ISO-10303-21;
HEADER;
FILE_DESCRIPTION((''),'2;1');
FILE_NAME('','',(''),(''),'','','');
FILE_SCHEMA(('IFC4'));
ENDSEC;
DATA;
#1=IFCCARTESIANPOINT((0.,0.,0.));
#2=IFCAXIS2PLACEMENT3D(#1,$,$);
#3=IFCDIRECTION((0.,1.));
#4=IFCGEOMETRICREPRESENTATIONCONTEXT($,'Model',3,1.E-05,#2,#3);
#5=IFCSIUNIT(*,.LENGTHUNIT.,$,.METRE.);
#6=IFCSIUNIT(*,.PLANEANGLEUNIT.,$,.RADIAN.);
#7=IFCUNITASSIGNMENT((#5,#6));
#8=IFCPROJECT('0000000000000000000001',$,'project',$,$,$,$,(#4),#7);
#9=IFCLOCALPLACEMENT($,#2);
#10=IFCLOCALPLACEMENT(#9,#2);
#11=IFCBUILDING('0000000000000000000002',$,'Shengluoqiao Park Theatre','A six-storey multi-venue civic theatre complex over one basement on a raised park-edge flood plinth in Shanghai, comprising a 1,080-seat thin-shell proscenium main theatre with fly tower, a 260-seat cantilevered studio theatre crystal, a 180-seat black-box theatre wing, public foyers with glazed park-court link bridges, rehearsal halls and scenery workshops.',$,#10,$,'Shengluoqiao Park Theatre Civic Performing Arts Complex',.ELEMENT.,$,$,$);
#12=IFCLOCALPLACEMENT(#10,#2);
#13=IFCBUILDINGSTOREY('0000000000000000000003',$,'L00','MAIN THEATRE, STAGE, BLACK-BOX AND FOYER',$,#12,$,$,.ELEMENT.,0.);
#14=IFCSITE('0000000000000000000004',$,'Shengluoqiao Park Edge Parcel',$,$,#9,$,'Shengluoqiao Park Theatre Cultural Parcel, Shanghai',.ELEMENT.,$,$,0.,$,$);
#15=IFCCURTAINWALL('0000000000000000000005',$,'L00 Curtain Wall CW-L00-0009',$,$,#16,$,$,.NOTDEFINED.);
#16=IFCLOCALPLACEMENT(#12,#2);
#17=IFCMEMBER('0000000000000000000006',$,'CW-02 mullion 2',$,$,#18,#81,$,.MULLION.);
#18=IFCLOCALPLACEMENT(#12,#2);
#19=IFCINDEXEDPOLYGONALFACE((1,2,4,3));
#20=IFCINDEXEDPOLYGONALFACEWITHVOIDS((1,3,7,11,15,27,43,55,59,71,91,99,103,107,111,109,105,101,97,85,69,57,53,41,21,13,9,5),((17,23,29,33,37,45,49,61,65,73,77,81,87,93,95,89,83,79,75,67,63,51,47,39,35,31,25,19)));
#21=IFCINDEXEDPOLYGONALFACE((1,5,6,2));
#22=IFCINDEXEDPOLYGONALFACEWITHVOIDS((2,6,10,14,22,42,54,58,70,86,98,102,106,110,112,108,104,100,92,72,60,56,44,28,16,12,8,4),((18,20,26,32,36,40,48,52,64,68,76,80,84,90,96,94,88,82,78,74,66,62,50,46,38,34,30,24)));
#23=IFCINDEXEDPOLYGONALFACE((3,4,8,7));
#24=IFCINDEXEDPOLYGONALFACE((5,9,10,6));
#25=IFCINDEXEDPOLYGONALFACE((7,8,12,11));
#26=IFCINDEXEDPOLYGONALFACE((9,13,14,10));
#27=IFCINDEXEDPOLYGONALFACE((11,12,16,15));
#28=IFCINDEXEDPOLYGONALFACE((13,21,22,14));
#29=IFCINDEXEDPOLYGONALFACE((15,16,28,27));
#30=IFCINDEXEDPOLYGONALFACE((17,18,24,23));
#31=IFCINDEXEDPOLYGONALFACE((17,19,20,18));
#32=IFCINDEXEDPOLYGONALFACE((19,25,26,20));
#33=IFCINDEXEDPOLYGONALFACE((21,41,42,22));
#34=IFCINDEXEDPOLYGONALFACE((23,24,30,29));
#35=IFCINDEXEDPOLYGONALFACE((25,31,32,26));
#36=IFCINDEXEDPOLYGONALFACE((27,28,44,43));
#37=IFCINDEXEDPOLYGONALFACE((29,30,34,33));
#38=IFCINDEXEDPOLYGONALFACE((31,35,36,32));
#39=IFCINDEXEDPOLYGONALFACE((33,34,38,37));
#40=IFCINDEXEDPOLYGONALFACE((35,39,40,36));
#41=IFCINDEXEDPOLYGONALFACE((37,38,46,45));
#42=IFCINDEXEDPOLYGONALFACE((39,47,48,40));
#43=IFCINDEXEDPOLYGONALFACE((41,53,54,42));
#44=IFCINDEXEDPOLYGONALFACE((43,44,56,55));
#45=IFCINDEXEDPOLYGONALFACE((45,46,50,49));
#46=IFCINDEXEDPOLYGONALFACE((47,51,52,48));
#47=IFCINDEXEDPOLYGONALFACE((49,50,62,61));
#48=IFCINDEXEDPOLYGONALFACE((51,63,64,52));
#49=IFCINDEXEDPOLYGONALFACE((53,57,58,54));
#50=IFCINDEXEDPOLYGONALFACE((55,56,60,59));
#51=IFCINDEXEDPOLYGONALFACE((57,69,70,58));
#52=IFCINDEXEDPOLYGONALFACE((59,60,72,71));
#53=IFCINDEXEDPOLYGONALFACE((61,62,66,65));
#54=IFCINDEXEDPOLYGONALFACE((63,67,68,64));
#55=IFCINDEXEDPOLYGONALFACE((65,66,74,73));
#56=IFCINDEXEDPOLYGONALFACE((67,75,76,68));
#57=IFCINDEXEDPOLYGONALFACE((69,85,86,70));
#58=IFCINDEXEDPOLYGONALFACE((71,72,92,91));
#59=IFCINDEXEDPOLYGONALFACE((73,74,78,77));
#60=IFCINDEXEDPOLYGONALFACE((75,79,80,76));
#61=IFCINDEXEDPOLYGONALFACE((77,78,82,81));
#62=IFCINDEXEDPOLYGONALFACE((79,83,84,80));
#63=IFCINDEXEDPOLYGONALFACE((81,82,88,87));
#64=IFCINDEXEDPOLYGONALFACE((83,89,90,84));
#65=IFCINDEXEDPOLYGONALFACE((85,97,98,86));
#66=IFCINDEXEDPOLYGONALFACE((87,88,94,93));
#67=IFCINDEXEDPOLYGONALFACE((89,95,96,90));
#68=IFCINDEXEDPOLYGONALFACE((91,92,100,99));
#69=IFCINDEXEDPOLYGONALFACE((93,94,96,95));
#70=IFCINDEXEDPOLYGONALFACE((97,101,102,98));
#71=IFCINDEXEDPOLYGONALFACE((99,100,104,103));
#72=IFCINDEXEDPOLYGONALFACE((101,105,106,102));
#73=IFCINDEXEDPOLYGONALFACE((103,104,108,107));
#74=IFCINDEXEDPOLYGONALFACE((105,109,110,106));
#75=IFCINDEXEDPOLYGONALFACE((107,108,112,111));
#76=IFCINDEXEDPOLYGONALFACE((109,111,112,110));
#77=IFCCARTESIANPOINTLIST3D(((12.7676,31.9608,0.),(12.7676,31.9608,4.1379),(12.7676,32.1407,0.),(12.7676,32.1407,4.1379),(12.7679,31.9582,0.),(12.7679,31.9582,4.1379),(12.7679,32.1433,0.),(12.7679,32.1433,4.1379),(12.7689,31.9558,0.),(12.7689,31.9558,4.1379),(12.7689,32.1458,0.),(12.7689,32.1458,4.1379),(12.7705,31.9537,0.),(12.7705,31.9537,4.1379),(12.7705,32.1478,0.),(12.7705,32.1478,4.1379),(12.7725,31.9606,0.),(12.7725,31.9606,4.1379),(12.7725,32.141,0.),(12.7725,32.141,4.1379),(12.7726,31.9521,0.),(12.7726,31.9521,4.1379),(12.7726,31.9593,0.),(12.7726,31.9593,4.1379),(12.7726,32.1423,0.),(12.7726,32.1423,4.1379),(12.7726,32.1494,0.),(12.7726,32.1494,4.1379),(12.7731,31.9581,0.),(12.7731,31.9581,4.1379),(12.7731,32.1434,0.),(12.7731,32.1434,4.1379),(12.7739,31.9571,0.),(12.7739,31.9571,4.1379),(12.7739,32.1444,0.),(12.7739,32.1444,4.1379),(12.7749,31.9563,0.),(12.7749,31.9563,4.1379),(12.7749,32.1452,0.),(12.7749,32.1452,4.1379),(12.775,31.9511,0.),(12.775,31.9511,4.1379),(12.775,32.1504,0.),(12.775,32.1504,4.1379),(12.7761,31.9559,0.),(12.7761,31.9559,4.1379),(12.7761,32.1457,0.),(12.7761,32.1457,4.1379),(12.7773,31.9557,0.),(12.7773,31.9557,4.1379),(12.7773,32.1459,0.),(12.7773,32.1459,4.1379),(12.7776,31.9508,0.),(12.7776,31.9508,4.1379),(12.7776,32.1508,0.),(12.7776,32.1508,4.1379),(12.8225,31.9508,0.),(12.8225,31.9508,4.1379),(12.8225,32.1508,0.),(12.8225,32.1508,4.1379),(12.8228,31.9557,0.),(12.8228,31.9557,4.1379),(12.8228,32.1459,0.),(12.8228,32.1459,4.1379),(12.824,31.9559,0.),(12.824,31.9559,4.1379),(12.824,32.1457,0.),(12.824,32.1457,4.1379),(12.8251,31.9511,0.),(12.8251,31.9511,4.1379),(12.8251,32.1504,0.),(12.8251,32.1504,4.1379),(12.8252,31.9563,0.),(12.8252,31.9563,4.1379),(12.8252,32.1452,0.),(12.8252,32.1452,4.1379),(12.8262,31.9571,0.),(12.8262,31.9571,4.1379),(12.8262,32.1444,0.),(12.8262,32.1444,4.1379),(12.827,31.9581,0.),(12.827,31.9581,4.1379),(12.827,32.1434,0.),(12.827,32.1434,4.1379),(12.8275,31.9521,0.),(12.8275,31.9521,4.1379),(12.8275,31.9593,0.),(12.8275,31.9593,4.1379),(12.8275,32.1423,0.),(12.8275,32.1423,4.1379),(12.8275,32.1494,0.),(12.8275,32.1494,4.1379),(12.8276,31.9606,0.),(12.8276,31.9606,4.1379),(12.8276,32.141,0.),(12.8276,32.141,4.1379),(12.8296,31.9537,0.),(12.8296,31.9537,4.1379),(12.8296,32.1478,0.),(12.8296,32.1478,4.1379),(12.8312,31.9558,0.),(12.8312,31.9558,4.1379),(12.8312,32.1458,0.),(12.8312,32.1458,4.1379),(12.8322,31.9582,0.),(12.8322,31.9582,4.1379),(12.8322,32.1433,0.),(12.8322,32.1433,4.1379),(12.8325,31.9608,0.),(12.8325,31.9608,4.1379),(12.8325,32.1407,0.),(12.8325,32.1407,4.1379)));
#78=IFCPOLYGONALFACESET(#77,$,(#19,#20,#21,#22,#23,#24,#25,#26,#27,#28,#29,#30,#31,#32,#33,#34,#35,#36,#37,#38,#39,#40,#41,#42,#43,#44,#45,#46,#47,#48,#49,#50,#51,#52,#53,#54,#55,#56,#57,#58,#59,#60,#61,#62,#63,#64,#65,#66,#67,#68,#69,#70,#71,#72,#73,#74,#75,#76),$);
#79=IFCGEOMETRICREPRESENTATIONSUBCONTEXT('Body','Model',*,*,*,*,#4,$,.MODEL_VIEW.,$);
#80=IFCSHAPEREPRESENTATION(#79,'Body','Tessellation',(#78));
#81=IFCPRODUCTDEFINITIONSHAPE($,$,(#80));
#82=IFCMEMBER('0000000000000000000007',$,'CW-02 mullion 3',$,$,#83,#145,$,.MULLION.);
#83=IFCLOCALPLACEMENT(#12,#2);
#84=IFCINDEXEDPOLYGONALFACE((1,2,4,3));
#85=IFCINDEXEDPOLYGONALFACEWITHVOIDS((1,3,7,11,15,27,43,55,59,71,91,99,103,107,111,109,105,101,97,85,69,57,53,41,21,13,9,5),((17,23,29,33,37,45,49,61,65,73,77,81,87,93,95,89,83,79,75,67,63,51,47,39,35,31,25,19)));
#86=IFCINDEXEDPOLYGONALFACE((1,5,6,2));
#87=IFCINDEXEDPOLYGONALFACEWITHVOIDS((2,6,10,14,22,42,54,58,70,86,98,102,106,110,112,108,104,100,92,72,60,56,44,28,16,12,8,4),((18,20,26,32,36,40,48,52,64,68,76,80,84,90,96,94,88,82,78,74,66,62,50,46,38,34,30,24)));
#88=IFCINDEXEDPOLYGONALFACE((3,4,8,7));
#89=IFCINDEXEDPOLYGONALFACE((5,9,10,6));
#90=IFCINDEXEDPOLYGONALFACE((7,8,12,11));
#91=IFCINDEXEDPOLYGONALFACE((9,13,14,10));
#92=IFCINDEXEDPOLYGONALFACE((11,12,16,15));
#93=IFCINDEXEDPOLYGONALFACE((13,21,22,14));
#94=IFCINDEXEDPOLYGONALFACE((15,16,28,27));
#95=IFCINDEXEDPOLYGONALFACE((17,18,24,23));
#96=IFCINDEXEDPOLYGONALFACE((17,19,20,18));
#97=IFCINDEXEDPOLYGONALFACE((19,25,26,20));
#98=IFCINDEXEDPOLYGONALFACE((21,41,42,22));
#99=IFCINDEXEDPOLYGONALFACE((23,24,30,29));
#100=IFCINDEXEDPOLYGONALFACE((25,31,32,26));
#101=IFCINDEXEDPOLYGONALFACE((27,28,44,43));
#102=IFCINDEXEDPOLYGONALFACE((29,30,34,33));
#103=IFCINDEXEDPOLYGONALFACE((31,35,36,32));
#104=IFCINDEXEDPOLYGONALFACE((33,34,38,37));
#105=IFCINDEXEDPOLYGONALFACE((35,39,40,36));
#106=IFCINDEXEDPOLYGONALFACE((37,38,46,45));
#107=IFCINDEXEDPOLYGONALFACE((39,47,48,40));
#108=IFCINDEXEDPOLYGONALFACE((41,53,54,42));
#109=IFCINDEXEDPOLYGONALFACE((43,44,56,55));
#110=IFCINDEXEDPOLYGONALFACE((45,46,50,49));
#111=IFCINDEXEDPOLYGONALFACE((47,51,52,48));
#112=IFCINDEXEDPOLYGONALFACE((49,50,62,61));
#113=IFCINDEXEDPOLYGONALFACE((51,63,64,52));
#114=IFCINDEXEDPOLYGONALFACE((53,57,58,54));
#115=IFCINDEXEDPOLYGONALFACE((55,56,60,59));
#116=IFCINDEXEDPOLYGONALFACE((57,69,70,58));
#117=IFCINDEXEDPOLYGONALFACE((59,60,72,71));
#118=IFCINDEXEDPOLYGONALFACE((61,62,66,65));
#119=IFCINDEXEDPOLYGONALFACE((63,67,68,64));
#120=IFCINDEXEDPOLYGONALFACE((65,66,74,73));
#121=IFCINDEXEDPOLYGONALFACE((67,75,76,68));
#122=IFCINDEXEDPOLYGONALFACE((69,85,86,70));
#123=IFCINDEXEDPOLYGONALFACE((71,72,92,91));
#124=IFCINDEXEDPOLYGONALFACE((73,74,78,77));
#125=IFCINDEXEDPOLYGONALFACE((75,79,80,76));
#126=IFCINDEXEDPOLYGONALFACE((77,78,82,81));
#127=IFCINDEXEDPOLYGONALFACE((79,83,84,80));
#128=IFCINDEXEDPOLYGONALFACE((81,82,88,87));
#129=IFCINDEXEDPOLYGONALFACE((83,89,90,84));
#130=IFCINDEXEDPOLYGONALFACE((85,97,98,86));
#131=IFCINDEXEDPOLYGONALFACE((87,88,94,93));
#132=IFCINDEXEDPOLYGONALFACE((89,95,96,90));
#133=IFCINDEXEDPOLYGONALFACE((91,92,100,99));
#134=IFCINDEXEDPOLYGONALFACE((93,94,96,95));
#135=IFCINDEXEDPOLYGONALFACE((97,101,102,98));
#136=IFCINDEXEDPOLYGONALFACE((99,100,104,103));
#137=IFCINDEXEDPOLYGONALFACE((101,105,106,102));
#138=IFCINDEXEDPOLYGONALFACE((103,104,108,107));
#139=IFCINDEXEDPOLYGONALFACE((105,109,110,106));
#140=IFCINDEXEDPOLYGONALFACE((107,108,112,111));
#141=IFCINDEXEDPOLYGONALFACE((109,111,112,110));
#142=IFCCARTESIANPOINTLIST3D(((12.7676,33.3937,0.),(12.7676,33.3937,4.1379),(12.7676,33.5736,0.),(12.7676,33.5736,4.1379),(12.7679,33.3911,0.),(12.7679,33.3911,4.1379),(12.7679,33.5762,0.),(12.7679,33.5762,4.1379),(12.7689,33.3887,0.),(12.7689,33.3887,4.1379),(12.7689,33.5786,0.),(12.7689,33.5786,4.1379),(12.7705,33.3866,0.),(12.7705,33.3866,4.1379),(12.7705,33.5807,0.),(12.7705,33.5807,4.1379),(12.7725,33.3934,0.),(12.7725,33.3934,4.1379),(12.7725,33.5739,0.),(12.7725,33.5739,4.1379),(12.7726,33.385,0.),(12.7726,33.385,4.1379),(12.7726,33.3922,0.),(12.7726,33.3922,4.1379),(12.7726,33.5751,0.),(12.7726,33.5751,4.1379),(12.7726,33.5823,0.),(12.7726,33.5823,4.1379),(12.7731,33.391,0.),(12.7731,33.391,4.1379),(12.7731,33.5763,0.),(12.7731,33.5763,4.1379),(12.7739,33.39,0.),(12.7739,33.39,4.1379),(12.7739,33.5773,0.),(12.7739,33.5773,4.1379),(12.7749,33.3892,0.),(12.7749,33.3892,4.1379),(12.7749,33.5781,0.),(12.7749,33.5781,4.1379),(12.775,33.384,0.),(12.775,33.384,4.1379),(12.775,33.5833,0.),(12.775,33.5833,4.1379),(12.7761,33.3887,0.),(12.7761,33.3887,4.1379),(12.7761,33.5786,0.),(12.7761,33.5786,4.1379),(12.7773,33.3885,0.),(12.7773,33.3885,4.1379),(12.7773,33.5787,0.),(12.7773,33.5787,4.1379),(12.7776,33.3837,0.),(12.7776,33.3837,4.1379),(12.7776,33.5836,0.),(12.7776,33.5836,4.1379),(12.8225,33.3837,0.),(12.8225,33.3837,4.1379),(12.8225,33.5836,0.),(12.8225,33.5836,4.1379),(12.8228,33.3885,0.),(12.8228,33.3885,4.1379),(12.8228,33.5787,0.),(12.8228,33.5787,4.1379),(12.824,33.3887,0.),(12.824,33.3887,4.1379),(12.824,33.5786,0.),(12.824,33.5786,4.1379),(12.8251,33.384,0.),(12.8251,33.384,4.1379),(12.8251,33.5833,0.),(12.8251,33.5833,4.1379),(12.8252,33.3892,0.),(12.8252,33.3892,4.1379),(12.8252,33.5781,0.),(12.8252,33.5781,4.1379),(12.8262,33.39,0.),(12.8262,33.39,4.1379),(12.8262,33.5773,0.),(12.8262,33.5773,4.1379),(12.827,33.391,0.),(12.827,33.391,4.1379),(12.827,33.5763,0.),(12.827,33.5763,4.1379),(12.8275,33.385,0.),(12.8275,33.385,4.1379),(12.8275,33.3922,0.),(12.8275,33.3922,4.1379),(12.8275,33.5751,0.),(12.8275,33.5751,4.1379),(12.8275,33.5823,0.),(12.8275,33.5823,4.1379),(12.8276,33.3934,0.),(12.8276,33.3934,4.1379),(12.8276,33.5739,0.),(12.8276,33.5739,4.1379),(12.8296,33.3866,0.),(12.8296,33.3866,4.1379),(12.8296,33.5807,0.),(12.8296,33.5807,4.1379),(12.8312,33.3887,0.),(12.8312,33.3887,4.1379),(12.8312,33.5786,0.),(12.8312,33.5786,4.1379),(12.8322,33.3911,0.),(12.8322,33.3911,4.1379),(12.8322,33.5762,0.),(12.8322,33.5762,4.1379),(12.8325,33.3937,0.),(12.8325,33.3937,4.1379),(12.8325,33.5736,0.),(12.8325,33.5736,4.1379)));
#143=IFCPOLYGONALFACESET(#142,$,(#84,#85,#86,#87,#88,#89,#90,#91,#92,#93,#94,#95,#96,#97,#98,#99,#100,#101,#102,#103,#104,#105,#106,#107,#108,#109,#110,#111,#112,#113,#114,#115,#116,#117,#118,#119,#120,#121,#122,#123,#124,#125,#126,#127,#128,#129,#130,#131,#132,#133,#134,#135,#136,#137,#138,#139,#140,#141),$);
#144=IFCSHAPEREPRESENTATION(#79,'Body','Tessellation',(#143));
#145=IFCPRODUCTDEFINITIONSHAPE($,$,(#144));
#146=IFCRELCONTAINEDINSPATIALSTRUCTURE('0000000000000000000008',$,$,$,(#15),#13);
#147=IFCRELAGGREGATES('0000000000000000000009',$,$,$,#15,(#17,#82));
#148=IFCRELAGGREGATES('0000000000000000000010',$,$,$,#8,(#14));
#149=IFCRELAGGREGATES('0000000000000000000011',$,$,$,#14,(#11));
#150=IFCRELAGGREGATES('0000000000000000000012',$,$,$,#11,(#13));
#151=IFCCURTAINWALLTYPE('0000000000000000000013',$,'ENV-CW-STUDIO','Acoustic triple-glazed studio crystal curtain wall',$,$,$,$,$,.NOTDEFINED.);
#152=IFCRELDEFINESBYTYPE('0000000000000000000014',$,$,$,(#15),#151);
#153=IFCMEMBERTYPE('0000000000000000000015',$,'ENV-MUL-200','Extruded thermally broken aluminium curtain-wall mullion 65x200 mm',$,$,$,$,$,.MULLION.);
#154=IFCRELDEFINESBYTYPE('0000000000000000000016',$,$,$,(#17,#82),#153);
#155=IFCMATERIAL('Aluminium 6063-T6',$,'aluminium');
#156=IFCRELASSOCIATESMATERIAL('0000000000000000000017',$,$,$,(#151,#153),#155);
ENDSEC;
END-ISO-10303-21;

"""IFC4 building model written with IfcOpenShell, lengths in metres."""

from ifc_helpers import new_model, si_unit, direction, frame, origin, origin_2d, place, context, subcontext, project, spatial, hollow_rectangle, extrude, material, material_profile, profile_set, type_object, element, aggregate, save


model = new_model("IFC4")

# Units and contexts
model_context = context("Model", 3, precision=1e-05, world=origin(), true_north=direction((0.0, 1.0)))
body_context = subcontext(model_context, "Body", "Model", "MODEL_VIEW")
ifc_project = project(units=[si_unit("LENGTHUNIT", "METRE"), si_unit("PLANEANGLEUNIT", "RADIAN")], contexts=[model_context])

# Site, building, storey
site_placement = place(None, origin())
site = spatial("IfcSite", under=ifc_project, at=site_placement, Name="Shengluoqiao Park Edge Parcel", LongName="Shengluoqiao Park Theatre Cultural Parcel, Shanghai", CompositionType="ELEMENT", RefElevation=0.0)
building_placement = place(site_placement, origin())
building = spatial("IfcBuilding", under=site, at=building_placement, Name="Shengluoqiao Park Theatre", Description="A six-storey multi-venue civic theatre complex over one basement on a raised park-edge flood plinth in Shanghai, comprising a 1,080-seat thin-shell proscenium main theatre with fly tower, a 260-seat cantilevered studio theatre crystal, a 180-seat black-box theatre wing, public foyers with glazed park-court link bridges, rehearsal halls and scenery workshops.", LongName="Shengluoqiao Park Theatre Civic Performing Arts Complex", CompositionType="ELEMENT")
storey_placement = place(building_placement, origin())
storey = spatial("IfcBuildingStorey", under=building, at=storey_placement, Name="L00", Description="MAIN THEATRE, STAGE, BLACK-BOX AND FOYER", CompositionType="ELEMENT", Elevation=0.0)

# Shared definitions
ifc_material_1 = material(Name="Aluminium 6063-T6", Category="aluminium")
curtain_wall_type = type_object("IfcCurtainWallType", Name="ENV-CW-STUDIO", Description="Acoustic triple-glazed studio crystal curtain wall", PredefinedType="NOTDEFINED", material=ifc_material_1)

# Curtain wall, members
curtain_wall_1_placement = place(storey_placement, origin())
curtain_wall_1 = element("IfcCurtainWall", 1, at=curtain_wall_1_placement, inside=storey, type_object=curtain_wall_type, Name="L00 Curtain Wall CW-L00-0009", PredefinedType="NOTDEFINED")
ifc_material_profile_1 = material_profile(ifc_material_1, hollow_rectangle(XDim=0.0649, YDim=0.2, WallThickness=0.0049, InnerFilletRadius=0.0049, OuterFilletRadius=0.01, at=origin_2d()), Name="ALU MULLION 200x65x5")
ifc_profile_set_1 = profile_set([ifc_material_profile_1], Name="Aluminium 6063-T6")
member_type_1 = type_object("IfcMemberType", Name="ENV-MUL-200", Description="Extruded thermally broken aluminium curtain-wall mullion 65x200 mm", PredefinedType="MULLION", material=ifc_profile_set_1)
member_1_placement = place(storey_placement, frame((12.8, 32.0508, 0.0), z_axis=(0.0, 0.0, 1.0), x_axis=(-1.0, 0.0, 0.0)))
member_1 = element("IfcMember", 2, at=member_1_placement, type_object=member_type_1, Name="CW-02 mullion 2", PredefinedType="MULLION", context=body_context, shape_type="SweptSolid", body=[
    extrude(hollow_rectangle(XDim=0.0649, YDim=0.2, WallThickness=0.0049, InnerFilletRadius=0.0049, OuterFilletRadius=0.01, at=origin_2d()), origin(), (0.0, 0.0, 1.0), 4.1379),
])
member_2_placement = place(storey_placement, frame((12.8, 33.4836, 0.0), z_axis=(0.0, 0.0, 1.0), x_axis=(-1.0, 0.0, 0.0)))
member_2 = element("IfcMember", 3, at=member_2_placement, type_object=member_type_1, Name="CW-02 mullion 3", PredefinedType="MULLION", context=body_context, shape_type="SweptSolid", body=[
    extrude(hollow_rectangle(XDim=0.0649, YDim=0.2, WallThickness=0.0049, InnerFilletRadius=0.0049, OuterFilletRadius=0.01, at=origin_2d()), origin(), (0.0, 0.0, 1.0), 4.1379),
])

aggregate(curtain_wall_1, [member_1, member_2])

save(model, "model.ifc")
